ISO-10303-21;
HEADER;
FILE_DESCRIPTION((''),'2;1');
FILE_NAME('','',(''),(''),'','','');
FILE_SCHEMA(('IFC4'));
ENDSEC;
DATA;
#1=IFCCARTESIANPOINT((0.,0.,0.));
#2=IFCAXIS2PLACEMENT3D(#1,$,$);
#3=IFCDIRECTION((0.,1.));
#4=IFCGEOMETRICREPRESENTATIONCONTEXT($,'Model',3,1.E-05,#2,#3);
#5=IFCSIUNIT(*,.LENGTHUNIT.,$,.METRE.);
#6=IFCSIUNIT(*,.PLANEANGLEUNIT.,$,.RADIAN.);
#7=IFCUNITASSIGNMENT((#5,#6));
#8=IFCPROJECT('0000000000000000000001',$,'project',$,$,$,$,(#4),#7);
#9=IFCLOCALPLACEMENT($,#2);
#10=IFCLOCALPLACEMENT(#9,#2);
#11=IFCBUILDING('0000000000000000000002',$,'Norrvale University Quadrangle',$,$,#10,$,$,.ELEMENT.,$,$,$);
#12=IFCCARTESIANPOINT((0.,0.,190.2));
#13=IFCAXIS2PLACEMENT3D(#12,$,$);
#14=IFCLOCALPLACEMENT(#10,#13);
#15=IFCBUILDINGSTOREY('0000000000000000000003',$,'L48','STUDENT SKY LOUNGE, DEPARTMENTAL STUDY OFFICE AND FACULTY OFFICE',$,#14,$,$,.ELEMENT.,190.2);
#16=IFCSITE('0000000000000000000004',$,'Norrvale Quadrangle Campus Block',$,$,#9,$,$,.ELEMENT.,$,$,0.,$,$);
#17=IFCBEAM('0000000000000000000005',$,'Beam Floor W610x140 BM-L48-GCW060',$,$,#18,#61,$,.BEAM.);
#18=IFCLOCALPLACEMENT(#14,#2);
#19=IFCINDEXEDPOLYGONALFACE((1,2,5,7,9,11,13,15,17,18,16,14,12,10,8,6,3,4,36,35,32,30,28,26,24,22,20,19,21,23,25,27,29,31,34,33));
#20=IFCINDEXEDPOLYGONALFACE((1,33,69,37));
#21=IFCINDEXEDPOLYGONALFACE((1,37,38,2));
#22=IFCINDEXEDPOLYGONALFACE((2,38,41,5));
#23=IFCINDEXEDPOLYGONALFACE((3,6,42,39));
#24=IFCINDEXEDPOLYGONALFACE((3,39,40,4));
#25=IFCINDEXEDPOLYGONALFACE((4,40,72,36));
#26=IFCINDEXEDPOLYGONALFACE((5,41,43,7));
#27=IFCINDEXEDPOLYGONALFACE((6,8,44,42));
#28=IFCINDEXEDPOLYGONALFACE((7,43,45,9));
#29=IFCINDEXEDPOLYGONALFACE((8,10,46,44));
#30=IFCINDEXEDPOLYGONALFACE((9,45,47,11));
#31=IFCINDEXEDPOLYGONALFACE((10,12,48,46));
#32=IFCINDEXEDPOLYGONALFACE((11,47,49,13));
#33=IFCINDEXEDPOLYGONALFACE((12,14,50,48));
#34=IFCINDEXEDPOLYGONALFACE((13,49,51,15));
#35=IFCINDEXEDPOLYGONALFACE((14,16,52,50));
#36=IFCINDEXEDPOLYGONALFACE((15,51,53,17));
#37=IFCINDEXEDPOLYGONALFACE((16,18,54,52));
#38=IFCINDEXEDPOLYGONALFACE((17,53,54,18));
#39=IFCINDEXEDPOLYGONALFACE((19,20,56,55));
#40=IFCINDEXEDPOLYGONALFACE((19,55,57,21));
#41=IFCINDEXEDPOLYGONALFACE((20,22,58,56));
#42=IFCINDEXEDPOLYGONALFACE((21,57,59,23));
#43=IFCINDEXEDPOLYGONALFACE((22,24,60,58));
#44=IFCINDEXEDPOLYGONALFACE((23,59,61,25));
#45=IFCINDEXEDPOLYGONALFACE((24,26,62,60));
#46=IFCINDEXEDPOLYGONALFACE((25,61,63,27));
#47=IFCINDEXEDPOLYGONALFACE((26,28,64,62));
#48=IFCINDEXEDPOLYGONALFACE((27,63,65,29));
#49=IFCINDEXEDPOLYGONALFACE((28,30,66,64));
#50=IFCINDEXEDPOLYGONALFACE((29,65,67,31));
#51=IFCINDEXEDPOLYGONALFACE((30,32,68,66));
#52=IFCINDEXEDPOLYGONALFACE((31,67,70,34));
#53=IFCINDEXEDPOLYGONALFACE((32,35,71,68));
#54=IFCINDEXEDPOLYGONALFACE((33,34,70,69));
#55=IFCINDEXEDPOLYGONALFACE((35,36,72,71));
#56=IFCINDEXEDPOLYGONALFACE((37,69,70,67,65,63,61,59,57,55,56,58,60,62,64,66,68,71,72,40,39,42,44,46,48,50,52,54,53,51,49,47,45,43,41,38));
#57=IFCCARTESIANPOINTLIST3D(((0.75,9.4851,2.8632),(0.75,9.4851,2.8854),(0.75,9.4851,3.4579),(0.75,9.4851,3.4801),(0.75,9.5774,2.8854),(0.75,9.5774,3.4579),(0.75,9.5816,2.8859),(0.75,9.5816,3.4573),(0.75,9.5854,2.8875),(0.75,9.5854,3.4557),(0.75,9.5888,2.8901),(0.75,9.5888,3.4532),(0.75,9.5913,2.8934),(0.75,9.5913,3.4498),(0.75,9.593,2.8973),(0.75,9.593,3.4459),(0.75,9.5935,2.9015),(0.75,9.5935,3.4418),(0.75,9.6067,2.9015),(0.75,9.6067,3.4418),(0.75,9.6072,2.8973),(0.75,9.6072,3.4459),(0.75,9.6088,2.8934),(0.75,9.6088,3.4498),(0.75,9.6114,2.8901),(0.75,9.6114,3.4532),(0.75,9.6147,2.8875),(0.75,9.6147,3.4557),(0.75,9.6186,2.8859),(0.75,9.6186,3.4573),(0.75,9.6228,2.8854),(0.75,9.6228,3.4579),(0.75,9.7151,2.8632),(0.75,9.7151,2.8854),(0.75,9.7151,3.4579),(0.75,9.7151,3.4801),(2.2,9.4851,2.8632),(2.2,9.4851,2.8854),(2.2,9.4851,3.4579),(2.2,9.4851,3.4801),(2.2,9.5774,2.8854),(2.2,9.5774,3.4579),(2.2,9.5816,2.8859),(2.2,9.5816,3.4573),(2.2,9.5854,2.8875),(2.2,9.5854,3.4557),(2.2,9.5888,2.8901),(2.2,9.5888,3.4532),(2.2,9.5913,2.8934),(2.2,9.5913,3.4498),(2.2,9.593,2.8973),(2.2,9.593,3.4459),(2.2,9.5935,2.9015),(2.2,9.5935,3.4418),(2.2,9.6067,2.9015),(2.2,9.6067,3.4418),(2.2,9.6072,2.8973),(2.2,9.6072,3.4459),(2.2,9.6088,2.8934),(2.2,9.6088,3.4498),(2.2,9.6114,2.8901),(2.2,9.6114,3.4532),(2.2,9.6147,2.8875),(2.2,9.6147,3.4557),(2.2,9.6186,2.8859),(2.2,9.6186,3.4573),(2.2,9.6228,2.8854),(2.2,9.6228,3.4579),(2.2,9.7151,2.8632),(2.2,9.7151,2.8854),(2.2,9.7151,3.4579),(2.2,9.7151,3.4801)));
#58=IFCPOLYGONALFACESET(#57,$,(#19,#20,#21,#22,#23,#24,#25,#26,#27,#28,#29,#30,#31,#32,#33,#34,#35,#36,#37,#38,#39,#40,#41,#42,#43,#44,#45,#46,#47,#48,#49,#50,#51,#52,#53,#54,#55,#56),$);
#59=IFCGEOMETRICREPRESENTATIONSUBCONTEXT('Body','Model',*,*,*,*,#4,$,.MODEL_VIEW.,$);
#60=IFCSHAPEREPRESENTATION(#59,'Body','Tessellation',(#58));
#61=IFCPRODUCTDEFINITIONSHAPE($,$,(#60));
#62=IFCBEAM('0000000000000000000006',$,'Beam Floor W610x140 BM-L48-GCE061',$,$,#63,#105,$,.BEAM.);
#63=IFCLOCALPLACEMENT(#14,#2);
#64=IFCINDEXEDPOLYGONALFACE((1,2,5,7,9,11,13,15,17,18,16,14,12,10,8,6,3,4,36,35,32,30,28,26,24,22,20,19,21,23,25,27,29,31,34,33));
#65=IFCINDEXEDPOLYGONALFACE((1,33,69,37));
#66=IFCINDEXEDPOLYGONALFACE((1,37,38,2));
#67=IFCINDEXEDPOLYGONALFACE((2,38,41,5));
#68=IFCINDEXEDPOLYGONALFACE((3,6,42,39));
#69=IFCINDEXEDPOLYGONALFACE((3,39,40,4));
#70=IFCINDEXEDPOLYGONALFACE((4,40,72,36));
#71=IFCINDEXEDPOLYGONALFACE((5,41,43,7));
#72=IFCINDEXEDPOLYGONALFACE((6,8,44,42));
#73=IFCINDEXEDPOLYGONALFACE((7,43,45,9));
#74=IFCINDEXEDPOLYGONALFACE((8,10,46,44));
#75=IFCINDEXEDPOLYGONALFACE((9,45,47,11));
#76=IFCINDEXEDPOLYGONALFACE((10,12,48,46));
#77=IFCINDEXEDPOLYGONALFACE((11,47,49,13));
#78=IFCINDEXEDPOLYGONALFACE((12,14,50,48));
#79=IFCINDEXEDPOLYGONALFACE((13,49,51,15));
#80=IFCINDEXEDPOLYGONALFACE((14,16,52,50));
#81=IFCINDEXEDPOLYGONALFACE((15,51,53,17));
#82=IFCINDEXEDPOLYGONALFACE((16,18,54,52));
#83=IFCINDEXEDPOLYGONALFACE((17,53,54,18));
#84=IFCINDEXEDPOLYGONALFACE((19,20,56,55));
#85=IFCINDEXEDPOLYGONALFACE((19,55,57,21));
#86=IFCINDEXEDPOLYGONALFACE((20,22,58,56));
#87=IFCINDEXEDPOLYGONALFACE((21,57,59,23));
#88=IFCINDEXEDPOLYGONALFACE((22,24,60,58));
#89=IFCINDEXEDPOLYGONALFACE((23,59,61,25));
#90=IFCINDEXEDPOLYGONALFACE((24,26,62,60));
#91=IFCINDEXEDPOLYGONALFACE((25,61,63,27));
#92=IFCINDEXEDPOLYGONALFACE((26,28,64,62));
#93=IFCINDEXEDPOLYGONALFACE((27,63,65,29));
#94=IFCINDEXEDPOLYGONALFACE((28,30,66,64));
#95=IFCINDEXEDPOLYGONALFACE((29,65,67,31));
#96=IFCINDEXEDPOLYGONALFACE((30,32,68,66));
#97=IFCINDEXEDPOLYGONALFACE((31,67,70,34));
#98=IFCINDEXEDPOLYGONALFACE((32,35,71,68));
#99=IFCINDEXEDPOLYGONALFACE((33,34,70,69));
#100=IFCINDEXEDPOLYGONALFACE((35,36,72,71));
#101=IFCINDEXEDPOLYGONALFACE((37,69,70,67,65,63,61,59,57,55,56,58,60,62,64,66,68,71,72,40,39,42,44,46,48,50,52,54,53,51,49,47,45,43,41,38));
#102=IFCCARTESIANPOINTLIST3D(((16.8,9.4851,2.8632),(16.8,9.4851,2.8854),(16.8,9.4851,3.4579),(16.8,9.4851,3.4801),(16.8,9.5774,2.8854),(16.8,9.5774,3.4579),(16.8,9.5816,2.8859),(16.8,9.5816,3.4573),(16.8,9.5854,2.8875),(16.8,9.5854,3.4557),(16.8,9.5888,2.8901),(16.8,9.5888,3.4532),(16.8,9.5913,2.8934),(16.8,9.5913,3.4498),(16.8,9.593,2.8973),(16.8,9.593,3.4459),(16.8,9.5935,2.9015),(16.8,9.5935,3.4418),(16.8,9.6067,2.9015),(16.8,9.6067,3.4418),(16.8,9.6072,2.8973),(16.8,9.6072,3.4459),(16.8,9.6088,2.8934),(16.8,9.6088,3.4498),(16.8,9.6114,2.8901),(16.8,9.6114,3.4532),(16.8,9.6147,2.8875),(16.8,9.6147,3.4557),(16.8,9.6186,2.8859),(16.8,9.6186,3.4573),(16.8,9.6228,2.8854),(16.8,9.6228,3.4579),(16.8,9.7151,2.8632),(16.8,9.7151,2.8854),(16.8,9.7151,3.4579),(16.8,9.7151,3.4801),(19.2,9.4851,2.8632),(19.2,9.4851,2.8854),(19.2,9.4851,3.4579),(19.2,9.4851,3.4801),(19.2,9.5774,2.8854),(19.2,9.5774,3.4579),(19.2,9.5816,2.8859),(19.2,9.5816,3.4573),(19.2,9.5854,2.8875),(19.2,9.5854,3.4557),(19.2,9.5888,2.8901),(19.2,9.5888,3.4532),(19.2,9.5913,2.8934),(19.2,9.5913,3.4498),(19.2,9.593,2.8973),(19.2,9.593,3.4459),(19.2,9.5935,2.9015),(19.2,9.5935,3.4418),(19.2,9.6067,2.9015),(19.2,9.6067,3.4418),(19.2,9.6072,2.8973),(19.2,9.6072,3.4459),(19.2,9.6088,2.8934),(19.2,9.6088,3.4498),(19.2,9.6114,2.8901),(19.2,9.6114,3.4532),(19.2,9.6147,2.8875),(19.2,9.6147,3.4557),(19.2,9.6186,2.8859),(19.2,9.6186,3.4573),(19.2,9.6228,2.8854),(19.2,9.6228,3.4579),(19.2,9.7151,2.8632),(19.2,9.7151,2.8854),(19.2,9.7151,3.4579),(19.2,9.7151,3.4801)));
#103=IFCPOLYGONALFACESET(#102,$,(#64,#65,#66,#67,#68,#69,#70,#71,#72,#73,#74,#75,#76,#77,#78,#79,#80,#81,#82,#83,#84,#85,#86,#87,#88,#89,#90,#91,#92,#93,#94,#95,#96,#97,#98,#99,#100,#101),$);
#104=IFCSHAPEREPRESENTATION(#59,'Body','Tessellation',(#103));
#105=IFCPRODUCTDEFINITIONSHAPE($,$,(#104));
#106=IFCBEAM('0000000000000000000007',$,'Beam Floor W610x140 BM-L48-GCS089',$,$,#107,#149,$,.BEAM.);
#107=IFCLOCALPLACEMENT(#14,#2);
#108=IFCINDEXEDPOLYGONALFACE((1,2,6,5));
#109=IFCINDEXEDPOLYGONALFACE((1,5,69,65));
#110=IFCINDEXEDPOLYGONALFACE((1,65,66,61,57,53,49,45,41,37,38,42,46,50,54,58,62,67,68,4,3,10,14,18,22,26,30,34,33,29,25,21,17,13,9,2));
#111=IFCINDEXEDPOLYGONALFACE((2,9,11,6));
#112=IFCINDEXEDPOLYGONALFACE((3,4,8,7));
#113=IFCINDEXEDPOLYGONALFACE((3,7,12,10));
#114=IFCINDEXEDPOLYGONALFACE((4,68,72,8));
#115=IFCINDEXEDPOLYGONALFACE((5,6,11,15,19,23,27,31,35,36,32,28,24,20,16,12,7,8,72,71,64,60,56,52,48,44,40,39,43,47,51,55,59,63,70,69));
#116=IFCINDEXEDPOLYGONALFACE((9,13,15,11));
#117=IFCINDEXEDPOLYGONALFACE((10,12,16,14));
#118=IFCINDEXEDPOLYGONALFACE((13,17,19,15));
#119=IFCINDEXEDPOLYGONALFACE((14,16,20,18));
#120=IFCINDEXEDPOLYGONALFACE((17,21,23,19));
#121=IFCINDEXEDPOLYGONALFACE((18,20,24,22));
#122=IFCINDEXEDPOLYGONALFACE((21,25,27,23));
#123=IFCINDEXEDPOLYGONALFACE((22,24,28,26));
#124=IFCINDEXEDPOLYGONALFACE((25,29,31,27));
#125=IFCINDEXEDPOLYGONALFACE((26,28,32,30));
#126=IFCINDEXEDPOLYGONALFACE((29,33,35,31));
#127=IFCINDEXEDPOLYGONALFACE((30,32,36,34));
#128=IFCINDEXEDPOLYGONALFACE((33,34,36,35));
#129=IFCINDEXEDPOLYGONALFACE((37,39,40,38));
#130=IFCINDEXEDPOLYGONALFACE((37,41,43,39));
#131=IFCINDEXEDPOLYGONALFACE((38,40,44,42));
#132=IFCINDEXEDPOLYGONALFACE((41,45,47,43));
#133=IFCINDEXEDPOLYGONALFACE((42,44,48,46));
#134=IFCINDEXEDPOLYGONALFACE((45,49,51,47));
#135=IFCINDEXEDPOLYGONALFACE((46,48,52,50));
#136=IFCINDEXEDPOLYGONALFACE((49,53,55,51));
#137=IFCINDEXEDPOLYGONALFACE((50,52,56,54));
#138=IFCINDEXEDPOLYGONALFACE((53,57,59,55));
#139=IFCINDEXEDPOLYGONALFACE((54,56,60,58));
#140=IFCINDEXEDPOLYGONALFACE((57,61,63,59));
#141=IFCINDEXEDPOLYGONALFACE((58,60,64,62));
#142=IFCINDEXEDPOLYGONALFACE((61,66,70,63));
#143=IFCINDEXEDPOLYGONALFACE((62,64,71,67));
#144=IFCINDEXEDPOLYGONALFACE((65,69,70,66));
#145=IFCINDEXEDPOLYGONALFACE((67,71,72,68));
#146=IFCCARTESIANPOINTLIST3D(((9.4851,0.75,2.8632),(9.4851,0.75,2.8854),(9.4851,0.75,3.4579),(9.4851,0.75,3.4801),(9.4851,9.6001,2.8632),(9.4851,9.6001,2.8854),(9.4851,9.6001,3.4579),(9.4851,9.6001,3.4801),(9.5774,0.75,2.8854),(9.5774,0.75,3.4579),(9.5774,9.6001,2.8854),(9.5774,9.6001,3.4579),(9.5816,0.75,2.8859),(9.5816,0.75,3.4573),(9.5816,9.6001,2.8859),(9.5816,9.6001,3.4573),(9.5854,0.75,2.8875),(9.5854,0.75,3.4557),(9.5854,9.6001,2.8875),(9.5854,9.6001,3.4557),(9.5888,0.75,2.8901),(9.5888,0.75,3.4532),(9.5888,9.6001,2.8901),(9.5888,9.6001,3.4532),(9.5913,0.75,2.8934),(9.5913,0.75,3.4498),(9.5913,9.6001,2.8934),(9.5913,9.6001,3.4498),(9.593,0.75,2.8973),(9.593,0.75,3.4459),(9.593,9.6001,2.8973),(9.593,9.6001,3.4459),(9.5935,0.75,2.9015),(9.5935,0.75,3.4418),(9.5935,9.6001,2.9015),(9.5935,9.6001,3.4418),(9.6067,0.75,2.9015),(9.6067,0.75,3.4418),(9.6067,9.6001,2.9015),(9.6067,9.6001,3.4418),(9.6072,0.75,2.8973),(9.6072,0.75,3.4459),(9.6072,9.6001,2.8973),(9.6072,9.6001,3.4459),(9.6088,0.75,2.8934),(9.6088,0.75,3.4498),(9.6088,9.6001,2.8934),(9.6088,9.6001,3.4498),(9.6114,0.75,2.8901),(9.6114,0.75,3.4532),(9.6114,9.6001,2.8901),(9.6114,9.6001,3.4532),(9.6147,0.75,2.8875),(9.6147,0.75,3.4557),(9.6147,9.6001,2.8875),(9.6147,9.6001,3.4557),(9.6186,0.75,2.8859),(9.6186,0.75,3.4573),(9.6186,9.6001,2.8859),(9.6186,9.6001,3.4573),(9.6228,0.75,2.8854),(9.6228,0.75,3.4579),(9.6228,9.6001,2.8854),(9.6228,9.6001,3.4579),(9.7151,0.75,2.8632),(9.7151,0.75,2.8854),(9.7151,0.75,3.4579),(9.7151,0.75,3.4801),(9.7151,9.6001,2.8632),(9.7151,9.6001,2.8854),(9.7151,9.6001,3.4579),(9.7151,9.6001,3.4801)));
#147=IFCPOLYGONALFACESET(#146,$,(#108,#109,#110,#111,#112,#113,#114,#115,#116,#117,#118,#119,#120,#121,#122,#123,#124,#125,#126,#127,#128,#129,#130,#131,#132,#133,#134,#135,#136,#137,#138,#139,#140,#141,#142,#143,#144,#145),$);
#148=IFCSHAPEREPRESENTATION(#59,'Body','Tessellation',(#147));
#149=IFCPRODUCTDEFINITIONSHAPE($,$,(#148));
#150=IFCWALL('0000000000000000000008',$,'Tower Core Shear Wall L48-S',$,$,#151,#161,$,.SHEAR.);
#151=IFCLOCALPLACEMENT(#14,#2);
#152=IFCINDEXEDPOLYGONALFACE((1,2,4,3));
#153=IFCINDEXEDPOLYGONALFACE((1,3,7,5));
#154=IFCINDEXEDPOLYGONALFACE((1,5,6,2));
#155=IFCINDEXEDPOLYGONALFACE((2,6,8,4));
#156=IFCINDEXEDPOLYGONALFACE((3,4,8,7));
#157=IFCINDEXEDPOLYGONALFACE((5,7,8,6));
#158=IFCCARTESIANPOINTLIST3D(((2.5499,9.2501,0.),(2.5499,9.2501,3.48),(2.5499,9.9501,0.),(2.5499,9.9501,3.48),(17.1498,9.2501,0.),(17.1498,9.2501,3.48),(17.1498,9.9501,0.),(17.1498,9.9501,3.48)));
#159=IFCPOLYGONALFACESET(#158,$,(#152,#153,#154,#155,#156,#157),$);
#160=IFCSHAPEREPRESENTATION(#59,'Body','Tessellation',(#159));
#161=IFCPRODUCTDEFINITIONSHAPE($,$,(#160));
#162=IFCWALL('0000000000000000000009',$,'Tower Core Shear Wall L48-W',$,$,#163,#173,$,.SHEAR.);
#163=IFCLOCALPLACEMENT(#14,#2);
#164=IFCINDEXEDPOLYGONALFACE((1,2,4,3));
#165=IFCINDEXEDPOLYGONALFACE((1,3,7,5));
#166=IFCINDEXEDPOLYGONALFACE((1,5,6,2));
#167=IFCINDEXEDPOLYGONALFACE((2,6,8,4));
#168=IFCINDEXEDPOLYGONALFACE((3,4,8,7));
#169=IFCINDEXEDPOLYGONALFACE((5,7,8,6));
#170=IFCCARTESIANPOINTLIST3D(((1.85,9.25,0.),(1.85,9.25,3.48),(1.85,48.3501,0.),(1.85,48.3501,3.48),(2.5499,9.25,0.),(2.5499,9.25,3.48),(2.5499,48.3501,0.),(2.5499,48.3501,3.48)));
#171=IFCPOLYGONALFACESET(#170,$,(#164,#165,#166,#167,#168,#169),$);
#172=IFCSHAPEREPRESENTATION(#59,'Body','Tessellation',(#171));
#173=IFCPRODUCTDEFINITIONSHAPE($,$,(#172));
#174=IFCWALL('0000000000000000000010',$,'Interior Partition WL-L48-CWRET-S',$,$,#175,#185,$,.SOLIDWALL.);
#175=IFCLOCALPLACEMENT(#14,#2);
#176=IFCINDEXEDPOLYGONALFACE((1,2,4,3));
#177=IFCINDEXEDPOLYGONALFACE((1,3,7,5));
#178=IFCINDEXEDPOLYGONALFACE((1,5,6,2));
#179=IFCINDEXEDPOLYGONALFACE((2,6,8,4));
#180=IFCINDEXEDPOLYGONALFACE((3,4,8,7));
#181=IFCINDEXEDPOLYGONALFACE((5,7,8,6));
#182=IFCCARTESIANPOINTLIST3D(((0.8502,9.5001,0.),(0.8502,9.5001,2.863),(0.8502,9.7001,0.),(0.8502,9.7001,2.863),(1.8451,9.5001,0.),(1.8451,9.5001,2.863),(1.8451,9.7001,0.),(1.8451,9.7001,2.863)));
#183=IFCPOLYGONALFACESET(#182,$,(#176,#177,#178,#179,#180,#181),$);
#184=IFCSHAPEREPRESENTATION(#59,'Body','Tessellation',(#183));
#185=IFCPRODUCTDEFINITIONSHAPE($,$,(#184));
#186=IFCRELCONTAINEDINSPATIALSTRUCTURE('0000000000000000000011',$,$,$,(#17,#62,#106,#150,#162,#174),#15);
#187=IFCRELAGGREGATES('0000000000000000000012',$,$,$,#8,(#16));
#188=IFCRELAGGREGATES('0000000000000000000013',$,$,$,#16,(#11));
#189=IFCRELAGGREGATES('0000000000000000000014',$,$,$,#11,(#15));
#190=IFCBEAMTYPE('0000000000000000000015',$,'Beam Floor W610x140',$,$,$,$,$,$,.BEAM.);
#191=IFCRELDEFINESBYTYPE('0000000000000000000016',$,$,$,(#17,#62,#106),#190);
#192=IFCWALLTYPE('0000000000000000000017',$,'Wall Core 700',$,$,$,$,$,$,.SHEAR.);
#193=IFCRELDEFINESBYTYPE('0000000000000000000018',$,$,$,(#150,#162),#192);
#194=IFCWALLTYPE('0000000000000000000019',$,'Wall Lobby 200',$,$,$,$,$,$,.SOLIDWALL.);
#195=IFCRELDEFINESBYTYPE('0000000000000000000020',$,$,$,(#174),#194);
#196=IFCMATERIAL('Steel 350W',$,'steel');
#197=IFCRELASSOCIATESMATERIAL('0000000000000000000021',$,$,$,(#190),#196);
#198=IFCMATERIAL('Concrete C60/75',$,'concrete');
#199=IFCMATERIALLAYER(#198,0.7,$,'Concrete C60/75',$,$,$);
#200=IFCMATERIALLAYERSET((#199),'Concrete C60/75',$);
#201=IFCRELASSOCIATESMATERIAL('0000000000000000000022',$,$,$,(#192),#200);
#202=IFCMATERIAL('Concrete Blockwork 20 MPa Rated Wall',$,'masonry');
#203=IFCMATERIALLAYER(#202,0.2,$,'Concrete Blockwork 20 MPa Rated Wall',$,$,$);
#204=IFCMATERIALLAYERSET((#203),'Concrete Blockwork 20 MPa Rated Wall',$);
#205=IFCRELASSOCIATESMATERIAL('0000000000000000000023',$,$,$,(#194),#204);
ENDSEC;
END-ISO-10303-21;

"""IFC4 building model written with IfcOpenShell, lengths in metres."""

from ifc_helpers import new_model, si_unit, direction, frame, frame_2d, origin, origin_2d, place, context, subcontext, project, spatial, rectangle, i_section, extrude, material, layer, layer_set, material_profile, profile_set, type_object, element, save


model = new_model("IFC4")

# Units and contexts
model_context = context("Model", 3, precision=1e-05, world=origin(), true_north=direction((0.0, 1.0)))
body_context = subcontext(model_context, "Body", "Model", "MODEL_VIEW")
ifc_project = project(units=[si_unit("LENGTHUNIT", "METRE"), si_unit("PLANEANGLEUNIT", "RADIAN")], contexts=[model_context])

# Site, building, storey
site_placement = place(None, origin())
site = spatial("IfcSite", under=ifc_project, at=site_placement, Name="Norrvale Quadrangle Campus Block", CompositionType="ELEMENT", RefElevation=0.0)
building_placement = place(site_placement, origin())
building = spatial("IfcBuilding", under=site, at=building_placement, Name="Norrvale University Quadrangle", CompositionType="ELEMENT")
storey_placement = place(building_placement, frame((0.0, 0.0, 190.2)))
storey = spatial("IfcBuildingStorey", under=building, at=storey_placement, Name="L48", Description="STUDENT SKY LOUNGE, DEPARTMENTAL STUDY OFFICE AND FACULTY OFFICE", CompositionType="ELEMENT", Elevation=190.2)

# Shared definitions
ifc_material_1 = material(Name="Concrete C60/75", Category="concrete")

# Beams
ifc_material_2 = material(Name="Steel 350W", Category="steel")
ifc_material_profile_1 = material_profile(ifc_material_2, i_section(OverallWidth=0.23, OverallDepth=0.6169, WebThickness=0.0132, FlangeThickness=0.0222, FilletRadius=0.0161, at=origin_2d()), Name="Steel 350W")
ifc_profile_set_1 = profile_set([ifc_material_profile_1], Name="Steel 350W")
beam_type_1 = type_object("IfcBeamType", Name="Beam Floor W610x140", PredefinedType="BEAM", material=ifc_profile_set_1)
beam_1_placement = place(storey_placement, frame((0.75, 9.6001, 3.1716), z_axis=(1.0, 0.0, 0.0), x_axis=(0.0, 1.0, 0.0)))
element("IfcBeam", 1, at=beam_1_placement, inside=storey, type_object=beam_type_1, Name="Beam Floor W610x140 BM-L48-GCW060", PredefinedType="BEAM", context=body_context, shape_type="SweptSolid", body=[
    extrude(i_section(OverallWidth=0.23, OverallDepth=0.6169, WebThickness=0.0132, FlangeThickness=0.0222, FilletRadius=0.0161, at=origin_2d()), origin(), (0.0, 0.0, 1.0), 1.45),
])
beam_2_placement = place(storey_placement, frame((16.8, 9.6001, 3.1716), z_axis=(1.0, 0.0, 0.0), x_axis=(0.0, 1.0, 0.0)))
element("IfcBeam", 2, at=beam_2_placement, inside=storey, type_object=beam_type_1, Name="Beam Floor W610x140 BM-L48-GCE061", PredefinedType="BEAM", context=body_context, shape_type="SweptSolid", body=[
    extrude(i_section(OverallWidth=0.23, OverallDepth=0.6169, WebThickness=0.0132, FlangeThickness=0.0222, FilletRadius=0.0161, at=origin_2d()), origin(), (0.0, 0.0, 1.0), 2.3999),
])
beam_3_placement = place(storey_placement, frame((9.6001, 0.75, 3.1716), z_axis=(0.0, 1.0, 0.0), x_axis=(-1.0, 0.0, 0.0)))
element("IfcBeam", 3, at=beam_3_placement, inside=storey, type_object=beam_type_1, Name="Beam Floor W610x140 BM-L48-GCS089", PredefinedType="BEAM", context=body_context, shape_type="SweptSolid", body=[
    extrude(i_section(OverallWidth=0.23, OverallDepth=0.6169, WebThickness=0.0132, FlangeThickness=0.0222, FilletRadius=0.0161, at=origin_2d()), origin(), (0.0, 0.0, 1.0), 8.8501),
])

# Walls
ifc_layer_1 = layer(ifc_material_1, 0.7, Name="Concrete C60/75")
ifc_layer_set_1 = layer_set([ifc_layer_1], Name="Concrete C60/75")
wall_type_1 = type_object("IfcWallType", Name="Wall Core 700", PredefinedType="SHEAR", material=ifc_layer_set_1)
wall_1_placement = place(storey_placement, frame((2.55, 9.6001, 0.0), z_axis=(0.0, 0.0, 1.0), x_axis=(1.0, 0.0, 0.0)))
element("IfcWall", 4, at=wall_1_placement, inside=storey, type_object=wall_type_1, Name="Tower Core Shear Wall L48-S", PredefinedType="SHEAR", context=body_context, shape_type="SweptSolid", body=[
    extrude(rectangle(XDim=14.5999, YDim=0.7, at=frame_2d((7.2998, 0.0))), origin(), (0.0, 0.0, 1.0), 3.48),
])
wall_2_placement = place(storey_placement, frame((2.2, 9.25, 0.0), z_axis=(0.0, 0.0, 1.0), x_axis=(0.0, 1.0, 0.0)))
element("IfcWall", 5, at=wall_2_placement, inside=storey, type_object=wall_type_1, Name="Tower Core Shear Wall L48-W", PredefinedType="SHEAR", context=body_context, shape_type="SweptSolid", body=[
    extrude(rectangle(XDim=39.1001, YDim=0.7, at=frame_2d((19.55, 0.0))), origin(), (0.0, 0.0, 1.0), 3.48),
])
ifc_material_3 = material(Name="Concrete Blockwork 20 MPa Rated Wall", Category="masonry")
ifc_layer_2 = layer(ifc_material_3, 0.2, Name="Concrete Blockwork 20 MPa Rated Wall")
ifc_layer_set_2 = layer_set([ifc_layer_2], Name="Concrete Blockwork 20 MPa Rated Wall")
wall_type_2 = type_object("IfcWallType", Name="Wall Lobby 200", PredefinedType="SOLIDWALL", material=ifc_layer_set_2)
wall_3_placement = place(storey_placement, frame((0.8501, 9.6001, 0.0), z_axis=(0.0, 0.0, 1.0), x_axis=(1.0, 0.0, 0.0)))
element("IfcWall", 6, at=wall_3_placement, inside=storey, type_object=wall_type_2, Name="Interior Partition WL-L48-CWRET-S", PredefinedType="SOLIDWALL", context=body_context, shape_type="SweptSolid", body=[
    extrude(rectangle(XDim=0.9949, YDim=0.2, at=frame_2d((0.4976, 0.0))), origin(), (0.0, 0.0, 1.0), 2.863),
])

save(model, "model.ifc")
